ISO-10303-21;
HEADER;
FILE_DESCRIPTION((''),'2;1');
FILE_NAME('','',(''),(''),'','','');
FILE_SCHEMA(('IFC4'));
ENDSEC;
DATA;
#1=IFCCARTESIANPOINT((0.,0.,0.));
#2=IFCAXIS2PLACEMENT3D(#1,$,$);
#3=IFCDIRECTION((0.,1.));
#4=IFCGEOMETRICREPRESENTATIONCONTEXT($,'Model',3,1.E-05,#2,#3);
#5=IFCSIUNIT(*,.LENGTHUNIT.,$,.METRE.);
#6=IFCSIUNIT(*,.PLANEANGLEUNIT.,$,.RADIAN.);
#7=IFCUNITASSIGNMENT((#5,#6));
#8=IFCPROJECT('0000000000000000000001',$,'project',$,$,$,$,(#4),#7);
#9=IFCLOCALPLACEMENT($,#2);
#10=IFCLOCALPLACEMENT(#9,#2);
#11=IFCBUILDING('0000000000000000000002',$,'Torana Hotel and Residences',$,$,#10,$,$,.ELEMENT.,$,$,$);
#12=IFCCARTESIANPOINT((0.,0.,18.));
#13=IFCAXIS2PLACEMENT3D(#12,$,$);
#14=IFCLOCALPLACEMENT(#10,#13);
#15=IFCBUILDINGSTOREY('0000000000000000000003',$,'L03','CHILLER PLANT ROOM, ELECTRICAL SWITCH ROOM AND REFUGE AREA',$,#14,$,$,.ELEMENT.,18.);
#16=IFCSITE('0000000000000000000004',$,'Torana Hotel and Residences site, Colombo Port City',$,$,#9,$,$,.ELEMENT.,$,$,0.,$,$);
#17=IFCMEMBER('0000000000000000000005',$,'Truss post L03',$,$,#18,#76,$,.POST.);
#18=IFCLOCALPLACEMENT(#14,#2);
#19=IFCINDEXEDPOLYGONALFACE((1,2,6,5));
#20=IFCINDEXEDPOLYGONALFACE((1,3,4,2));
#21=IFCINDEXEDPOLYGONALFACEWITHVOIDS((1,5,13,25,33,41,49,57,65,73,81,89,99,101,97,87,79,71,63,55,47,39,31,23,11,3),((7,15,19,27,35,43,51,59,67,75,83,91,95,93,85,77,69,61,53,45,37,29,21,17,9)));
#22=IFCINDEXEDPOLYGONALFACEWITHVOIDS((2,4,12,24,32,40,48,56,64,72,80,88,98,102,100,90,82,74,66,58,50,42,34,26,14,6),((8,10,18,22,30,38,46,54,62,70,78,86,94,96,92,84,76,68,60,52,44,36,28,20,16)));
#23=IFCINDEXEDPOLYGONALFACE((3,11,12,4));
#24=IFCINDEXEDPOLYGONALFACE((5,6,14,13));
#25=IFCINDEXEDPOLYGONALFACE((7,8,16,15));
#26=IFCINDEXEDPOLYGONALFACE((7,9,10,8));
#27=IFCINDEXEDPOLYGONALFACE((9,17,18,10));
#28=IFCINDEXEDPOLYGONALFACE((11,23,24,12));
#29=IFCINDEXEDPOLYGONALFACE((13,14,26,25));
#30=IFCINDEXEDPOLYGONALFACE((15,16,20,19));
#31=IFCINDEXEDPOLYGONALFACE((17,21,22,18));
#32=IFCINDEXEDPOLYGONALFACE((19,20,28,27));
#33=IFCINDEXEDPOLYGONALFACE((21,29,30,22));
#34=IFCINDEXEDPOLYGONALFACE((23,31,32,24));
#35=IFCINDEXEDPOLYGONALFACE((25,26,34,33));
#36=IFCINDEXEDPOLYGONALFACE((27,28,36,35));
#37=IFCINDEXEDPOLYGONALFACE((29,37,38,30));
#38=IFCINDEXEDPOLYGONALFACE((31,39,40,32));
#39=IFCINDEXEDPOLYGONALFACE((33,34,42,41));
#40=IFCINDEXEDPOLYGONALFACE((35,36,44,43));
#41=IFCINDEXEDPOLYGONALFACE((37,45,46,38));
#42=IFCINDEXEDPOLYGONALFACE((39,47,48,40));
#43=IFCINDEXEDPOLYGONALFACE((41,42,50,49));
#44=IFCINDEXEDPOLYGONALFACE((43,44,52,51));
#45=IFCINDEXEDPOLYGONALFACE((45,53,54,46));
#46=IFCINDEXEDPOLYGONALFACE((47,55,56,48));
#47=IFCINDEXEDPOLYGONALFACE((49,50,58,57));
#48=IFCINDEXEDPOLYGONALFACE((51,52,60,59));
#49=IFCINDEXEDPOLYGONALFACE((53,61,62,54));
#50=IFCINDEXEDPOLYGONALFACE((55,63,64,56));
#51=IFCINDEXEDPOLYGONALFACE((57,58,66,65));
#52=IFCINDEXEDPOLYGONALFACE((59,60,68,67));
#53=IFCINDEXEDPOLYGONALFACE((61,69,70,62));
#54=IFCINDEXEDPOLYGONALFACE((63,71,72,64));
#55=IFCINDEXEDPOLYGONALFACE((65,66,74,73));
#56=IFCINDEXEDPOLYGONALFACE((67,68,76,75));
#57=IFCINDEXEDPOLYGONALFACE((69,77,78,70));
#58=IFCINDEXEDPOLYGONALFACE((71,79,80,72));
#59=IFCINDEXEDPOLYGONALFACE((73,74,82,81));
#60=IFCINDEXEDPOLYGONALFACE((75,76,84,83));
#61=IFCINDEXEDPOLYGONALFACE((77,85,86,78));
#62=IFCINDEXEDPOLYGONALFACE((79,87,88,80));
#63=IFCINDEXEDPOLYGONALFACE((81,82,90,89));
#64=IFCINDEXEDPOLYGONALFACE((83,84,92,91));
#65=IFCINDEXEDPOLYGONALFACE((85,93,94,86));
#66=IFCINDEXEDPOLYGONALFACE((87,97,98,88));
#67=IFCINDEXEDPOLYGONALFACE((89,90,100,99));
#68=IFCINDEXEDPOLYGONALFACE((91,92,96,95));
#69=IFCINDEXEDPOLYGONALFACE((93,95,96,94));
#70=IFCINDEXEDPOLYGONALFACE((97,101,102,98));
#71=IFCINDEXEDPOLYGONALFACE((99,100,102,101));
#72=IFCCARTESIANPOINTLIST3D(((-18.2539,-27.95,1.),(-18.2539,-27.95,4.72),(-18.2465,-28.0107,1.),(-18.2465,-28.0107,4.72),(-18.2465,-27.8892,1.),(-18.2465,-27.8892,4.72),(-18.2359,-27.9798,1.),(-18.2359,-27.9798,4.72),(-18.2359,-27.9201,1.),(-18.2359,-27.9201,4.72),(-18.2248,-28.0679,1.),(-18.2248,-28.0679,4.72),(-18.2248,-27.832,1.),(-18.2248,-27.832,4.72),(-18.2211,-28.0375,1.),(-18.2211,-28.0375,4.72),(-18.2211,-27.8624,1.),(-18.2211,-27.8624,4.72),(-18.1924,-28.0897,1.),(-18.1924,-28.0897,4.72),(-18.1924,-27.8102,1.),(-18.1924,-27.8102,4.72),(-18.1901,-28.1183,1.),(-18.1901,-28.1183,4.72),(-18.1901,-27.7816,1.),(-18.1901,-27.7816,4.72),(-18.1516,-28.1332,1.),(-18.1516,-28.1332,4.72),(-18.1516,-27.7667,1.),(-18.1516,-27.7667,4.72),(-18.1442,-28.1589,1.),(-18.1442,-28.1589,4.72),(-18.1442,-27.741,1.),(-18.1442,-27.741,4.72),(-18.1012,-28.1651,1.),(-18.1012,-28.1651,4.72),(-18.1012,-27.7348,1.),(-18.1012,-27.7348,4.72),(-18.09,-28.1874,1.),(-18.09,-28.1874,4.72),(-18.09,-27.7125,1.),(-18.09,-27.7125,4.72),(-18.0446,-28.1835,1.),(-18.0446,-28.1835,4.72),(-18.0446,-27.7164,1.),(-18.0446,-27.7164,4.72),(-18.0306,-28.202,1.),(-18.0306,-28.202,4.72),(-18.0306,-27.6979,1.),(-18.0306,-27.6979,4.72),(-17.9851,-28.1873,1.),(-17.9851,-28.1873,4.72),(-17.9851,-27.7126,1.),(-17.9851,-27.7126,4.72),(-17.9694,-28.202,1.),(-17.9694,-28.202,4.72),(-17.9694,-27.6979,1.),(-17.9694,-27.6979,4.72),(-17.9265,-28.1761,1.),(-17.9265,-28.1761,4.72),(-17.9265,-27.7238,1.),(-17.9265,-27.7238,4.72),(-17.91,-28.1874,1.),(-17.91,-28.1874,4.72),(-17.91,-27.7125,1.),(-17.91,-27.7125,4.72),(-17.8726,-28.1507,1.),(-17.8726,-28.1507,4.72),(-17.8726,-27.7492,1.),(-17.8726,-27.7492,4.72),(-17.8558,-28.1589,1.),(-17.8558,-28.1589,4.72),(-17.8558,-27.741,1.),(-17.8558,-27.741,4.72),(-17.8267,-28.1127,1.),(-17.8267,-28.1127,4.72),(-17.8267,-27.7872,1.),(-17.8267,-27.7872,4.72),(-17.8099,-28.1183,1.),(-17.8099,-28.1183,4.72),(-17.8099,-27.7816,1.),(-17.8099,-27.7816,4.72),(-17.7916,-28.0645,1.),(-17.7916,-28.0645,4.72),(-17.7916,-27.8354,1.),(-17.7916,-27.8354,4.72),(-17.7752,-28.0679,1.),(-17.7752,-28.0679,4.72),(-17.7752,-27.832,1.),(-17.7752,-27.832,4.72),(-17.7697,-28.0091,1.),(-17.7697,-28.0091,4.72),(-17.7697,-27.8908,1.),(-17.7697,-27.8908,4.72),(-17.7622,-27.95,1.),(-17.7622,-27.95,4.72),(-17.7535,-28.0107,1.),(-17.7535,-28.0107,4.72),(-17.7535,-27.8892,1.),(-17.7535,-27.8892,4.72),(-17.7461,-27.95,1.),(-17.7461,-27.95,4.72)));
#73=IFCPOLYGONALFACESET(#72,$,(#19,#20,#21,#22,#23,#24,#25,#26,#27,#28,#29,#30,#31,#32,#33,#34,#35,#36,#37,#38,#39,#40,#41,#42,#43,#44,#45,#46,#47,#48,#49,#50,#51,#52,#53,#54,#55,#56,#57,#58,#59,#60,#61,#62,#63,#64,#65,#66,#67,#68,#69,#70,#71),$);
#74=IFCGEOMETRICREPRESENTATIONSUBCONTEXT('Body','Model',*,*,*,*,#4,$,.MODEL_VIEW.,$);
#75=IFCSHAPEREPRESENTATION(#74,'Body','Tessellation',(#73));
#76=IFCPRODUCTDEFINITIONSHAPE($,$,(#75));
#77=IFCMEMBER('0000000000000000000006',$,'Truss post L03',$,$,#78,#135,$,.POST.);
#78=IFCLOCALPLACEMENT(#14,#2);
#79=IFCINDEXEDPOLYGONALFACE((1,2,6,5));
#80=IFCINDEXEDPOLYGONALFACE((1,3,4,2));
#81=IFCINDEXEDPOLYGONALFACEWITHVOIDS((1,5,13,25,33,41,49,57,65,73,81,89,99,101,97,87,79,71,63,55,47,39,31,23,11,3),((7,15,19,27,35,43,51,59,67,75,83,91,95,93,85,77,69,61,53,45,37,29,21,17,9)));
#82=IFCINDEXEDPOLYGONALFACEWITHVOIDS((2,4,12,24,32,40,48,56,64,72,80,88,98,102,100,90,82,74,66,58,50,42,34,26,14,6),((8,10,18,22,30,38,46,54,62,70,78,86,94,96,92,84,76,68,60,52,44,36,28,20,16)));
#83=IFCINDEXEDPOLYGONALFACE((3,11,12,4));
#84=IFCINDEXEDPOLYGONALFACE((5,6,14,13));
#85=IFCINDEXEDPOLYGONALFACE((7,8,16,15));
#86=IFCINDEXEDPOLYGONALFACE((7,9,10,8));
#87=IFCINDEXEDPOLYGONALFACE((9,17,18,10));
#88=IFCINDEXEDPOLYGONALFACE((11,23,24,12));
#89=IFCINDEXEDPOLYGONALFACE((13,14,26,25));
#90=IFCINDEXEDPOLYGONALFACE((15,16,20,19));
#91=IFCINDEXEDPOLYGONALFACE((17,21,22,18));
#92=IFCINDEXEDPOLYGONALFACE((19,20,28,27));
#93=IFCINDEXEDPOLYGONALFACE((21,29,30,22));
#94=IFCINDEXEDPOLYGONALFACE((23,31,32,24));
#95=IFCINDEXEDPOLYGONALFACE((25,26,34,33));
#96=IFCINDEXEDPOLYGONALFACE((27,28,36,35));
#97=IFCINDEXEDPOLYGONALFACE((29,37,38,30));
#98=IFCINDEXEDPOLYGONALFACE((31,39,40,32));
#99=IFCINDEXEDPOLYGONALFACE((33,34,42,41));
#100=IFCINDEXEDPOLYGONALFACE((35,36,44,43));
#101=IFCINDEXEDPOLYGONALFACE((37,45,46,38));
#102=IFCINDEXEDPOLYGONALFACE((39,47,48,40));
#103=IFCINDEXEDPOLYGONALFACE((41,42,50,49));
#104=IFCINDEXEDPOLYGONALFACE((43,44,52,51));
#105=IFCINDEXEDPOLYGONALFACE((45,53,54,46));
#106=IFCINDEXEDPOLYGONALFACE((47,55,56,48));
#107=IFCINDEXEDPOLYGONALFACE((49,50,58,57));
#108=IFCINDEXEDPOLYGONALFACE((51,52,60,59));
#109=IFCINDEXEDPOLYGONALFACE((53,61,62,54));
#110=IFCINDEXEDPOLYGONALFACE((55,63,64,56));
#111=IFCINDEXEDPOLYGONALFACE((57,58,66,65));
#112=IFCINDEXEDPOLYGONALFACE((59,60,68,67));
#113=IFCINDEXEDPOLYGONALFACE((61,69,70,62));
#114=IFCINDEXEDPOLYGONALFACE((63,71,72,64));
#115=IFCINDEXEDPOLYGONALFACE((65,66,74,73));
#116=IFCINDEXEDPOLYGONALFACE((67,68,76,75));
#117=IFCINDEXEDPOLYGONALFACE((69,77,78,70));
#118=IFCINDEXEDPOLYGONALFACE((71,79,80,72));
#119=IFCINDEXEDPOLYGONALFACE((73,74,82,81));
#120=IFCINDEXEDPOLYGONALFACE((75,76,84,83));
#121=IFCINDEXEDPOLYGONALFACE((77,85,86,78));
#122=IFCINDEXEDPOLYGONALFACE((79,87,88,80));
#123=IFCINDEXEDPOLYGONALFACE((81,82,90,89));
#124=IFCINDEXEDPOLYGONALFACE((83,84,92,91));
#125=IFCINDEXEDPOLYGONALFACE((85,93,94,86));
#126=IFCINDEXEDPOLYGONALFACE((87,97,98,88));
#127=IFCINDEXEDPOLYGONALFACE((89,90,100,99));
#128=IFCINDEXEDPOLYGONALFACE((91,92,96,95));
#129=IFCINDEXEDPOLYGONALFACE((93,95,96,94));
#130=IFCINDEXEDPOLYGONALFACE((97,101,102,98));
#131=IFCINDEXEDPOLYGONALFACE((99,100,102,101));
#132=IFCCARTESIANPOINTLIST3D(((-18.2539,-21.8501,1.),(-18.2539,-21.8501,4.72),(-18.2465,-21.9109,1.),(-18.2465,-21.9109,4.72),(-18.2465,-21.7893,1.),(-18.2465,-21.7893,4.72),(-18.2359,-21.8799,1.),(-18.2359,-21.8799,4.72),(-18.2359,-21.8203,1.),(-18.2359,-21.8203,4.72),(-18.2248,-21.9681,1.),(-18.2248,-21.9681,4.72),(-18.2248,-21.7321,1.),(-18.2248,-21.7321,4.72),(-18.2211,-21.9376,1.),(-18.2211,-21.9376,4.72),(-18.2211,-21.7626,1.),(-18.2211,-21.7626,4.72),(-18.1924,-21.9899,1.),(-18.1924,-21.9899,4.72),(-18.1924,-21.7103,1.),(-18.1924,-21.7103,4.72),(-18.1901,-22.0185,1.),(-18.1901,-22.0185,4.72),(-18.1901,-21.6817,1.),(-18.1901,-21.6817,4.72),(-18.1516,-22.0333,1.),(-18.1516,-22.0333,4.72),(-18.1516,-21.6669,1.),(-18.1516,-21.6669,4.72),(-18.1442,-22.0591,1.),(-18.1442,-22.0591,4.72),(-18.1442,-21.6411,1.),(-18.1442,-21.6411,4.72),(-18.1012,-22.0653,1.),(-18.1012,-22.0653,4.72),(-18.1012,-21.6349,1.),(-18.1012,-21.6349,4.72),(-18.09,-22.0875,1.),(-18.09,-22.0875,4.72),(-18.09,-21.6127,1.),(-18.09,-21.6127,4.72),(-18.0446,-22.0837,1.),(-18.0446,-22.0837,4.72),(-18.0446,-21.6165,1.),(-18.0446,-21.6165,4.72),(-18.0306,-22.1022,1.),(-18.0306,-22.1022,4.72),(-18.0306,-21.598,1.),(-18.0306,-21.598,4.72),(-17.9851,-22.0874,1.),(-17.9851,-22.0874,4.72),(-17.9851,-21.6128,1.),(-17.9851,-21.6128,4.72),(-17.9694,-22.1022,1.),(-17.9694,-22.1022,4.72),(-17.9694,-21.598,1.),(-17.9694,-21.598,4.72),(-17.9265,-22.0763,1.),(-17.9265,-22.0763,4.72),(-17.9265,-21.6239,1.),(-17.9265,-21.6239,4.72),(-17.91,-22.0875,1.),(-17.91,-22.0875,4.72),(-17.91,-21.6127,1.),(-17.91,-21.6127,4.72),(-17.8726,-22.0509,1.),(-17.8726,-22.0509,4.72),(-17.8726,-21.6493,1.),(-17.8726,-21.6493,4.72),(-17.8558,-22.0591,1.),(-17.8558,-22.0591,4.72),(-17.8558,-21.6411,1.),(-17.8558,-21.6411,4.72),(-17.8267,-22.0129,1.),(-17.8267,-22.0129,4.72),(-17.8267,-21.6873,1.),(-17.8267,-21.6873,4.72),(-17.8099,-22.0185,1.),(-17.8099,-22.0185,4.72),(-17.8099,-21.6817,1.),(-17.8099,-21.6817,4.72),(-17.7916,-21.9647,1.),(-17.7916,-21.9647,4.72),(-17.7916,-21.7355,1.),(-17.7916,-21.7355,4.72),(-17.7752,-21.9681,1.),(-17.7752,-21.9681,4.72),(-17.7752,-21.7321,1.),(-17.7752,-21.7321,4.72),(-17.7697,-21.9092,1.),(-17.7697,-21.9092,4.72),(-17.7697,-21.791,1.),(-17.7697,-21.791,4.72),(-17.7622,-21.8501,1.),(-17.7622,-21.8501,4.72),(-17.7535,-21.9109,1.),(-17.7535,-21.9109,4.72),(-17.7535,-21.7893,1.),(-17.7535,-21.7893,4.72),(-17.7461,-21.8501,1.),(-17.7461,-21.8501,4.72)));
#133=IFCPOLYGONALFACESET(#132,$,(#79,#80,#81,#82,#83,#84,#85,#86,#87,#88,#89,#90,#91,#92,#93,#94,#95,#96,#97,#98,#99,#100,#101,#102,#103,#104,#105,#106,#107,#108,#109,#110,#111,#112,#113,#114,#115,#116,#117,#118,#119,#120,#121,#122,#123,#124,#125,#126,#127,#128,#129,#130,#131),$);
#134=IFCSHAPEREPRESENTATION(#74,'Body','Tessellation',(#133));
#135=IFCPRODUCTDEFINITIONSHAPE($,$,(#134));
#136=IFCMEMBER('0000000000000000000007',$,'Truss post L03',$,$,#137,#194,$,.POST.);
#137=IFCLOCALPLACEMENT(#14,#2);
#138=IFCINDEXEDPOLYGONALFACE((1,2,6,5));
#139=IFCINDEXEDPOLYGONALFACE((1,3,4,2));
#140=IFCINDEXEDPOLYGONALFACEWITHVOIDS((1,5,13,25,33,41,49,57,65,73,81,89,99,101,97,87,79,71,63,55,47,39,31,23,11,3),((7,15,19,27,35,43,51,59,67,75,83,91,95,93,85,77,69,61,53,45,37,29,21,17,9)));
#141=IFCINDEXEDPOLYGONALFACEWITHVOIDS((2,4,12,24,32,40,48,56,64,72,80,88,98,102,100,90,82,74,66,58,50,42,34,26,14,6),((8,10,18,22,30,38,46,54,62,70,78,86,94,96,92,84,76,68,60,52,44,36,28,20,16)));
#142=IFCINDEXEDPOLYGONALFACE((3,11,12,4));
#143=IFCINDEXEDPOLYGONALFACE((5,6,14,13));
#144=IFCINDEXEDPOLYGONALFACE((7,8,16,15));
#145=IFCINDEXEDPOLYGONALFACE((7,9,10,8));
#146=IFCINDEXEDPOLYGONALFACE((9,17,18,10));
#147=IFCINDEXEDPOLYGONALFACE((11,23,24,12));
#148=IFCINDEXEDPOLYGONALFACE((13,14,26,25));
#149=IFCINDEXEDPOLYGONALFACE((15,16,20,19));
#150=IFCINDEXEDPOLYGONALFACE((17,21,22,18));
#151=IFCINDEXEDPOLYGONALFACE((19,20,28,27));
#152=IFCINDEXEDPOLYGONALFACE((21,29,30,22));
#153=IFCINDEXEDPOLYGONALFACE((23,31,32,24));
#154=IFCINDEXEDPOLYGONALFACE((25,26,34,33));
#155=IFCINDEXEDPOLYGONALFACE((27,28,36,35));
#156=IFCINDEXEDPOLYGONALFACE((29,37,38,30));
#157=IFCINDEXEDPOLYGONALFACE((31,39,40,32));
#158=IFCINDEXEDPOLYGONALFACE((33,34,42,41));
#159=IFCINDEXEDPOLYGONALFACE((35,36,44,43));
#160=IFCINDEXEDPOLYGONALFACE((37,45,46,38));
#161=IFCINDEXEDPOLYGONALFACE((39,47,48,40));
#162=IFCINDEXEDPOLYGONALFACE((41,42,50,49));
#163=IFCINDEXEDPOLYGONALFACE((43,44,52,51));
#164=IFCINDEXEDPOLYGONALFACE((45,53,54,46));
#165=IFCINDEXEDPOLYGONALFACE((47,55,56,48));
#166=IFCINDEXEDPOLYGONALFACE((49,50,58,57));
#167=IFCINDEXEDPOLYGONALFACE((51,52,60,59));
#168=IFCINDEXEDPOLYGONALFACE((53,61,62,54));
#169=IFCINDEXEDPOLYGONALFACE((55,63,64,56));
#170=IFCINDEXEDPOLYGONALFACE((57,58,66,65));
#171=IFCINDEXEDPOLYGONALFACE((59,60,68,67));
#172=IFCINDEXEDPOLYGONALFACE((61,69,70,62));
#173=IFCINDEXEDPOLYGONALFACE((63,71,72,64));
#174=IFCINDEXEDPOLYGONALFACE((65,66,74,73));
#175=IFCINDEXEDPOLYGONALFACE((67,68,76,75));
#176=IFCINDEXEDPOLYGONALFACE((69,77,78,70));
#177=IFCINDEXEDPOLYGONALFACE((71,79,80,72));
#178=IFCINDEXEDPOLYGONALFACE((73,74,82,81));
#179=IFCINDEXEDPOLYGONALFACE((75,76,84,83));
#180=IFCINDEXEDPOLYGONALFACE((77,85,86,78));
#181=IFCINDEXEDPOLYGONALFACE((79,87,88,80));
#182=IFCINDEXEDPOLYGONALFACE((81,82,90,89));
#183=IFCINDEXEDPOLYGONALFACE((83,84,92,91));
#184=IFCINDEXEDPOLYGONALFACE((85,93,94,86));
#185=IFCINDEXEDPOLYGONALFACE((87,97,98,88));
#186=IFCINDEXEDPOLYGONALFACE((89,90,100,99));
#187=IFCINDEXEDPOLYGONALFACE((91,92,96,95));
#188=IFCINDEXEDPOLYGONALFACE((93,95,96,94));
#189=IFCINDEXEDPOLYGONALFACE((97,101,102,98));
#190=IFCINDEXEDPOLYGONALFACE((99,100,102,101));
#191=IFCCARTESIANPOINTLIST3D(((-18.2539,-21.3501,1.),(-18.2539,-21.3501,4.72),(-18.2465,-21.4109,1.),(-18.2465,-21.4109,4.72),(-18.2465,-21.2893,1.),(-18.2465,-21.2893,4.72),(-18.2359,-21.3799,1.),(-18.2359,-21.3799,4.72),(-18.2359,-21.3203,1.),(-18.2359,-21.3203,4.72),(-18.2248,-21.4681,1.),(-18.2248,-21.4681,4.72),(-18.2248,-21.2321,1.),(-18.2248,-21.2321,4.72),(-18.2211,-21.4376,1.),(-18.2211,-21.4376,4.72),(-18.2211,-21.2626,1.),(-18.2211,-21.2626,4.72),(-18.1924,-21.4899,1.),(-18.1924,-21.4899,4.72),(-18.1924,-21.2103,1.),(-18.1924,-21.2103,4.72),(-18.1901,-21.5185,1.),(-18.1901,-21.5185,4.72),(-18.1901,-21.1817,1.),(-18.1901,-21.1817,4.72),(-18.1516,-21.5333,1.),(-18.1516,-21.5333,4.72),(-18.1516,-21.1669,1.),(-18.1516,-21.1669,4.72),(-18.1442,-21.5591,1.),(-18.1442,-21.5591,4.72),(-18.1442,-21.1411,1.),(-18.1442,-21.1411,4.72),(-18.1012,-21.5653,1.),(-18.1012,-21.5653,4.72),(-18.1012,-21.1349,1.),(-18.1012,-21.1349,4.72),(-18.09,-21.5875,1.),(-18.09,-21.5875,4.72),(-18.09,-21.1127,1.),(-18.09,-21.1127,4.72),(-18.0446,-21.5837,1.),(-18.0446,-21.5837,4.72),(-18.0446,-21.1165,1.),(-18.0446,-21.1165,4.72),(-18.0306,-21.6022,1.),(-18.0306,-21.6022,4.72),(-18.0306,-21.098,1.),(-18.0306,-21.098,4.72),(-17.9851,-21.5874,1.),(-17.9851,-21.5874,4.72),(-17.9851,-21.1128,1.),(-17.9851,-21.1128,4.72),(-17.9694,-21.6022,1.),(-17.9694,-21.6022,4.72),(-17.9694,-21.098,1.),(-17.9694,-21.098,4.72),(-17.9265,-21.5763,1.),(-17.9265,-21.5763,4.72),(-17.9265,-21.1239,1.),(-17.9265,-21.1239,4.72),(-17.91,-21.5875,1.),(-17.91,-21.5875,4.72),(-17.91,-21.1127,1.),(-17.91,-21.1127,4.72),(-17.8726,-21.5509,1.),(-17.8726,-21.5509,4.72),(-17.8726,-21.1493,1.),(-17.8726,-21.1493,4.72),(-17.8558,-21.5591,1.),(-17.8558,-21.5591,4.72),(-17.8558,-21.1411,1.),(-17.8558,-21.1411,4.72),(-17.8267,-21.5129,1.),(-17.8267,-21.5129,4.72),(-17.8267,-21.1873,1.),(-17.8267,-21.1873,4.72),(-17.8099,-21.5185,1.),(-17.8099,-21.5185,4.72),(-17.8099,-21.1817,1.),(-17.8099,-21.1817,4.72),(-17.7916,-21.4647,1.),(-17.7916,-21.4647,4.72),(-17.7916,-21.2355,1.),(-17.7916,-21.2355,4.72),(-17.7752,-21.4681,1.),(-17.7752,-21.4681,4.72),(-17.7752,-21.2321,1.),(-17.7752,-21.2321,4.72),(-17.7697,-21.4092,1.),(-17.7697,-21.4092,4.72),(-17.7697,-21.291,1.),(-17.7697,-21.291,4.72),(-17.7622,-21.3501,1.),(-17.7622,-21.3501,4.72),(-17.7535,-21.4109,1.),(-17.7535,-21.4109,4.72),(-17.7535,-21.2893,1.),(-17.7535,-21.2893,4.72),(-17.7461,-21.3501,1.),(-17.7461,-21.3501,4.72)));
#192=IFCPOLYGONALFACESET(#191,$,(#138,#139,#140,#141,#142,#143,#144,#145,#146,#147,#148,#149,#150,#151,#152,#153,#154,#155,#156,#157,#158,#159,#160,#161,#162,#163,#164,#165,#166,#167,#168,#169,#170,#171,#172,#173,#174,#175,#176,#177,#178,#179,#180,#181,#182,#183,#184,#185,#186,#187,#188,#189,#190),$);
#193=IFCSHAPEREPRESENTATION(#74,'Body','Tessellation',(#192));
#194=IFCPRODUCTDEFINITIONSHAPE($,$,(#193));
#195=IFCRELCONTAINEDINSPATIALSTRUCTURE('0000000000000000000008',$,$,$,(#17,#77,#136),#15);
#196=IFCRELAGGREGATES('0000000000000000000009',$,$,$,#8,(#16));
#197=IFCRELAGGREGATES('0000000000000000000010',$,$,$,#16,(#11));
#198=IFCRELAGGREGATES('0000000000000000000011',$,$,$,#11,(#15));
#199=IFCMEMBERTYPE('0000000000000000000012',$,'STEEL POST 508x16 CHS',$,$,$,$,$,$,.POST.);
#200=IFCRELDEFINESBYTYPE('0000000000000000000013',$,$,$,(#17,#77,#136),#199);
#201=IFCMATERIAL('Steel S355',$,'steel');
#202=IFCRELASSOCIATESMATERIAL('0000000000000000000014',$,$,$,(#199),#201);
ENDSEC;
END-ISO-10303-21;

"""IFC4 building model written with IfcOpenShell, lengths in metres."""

from ifc_helpers import new_model, si_unit, direction, frame, origin, origin_2d, place, context, subcontext, project, spatial, hollow_circle, extrude, material, material_profile, profile_set, type_object, element, save


model = new_model("IFC4")

# Units and contexts
model_context = context("Model", 3, precision=1e-05, world=origin(), true_north=direction((0.0, 1.0)))
body_context = subcontext(model_context, "Body", "Model", "MODEL_VIEW")
ifc_project = project(units=[si_unit("LENGTHUNIT", "METRE"), si_unit("PLANEANGLEUNIT", "RADIAN")], contexts=[model_context])

# Site, building, storey
site_placement = place(None, origin())
site = spatial("IfcSite", under=ifc_project, at=site_placement, Name="Torana Hotel and Residences site, Colombo Port City", CompositionType="ELEMENT", RefElevation=0.0)
building_placement = place(site_placement, origin())
building = spatial("IfcBuilding", under=site, at=building_placement, Name="Torana Hotel and Residences", CompositionType="ELEMENT")
storey_placement = place(building_placement, frame((0.0, 0.0, 18.0)))
storey = spatial("IfcBuildingStorey", under=building, at=storey_placement, Name="L03", Description="CHILLER PLANT ROOM, ELECTRICAL SWITCH ROOM AND REFUGE AREA", CompositionType="ELEMENT", Elevation=18.0)

# Members
ifc_material_1 = material(Name="Steel S355", Category="steel")
ifc_material_profile_1 = material_profile(ifc_material_1, hollow_circle(Radius=0.2539, WallThickness=0.0161, at=origin_2d()), Name="508x16 CHS")
ifc_profile_set_1 = profile_set([ifc_material_profile_1], Name="Steel S355")
member_type_1 = type_object("IfcMemberType", Name="STEEL POST 508x16 CHS", PredefinedType="POST", material=ifc_profile_set_1)
for number, where, z_axis, x_axis, name in (
    (1, (-18.0, -27.95, 1.0), (0.0, 0.0, 1.0), (1.0, 0.0, 0.0), "Truss post L03"),
    (2, (-18.0, -21.8501, 1.0), (0.0, 0.0, 1.0), (1.0, 0.0, 0.0), "Truss post L03"),
    (3, (-18.0, -21.3501, 1.0), (0.0, 0.0, 1.0), (1.0, 0.0, 0.0), "Truss post L03"),
):
    element("IfcMember", number, at=place(storey_placement, frame(where, z_axis=z_axis, x_axis=x_axis)), inside=storey, type_object=member_type_1, Name=name, PredefinedType="POST", context=body_context, shape_type="SweptSolid", body=[
        extrude(hollow_circle(Radius=0.2539, WallThickness=0.0161, at=origin_2d()), origin(), (0.0, 0.0, 1.0), 3.72),
    ])

save(model, "model.ifc")
